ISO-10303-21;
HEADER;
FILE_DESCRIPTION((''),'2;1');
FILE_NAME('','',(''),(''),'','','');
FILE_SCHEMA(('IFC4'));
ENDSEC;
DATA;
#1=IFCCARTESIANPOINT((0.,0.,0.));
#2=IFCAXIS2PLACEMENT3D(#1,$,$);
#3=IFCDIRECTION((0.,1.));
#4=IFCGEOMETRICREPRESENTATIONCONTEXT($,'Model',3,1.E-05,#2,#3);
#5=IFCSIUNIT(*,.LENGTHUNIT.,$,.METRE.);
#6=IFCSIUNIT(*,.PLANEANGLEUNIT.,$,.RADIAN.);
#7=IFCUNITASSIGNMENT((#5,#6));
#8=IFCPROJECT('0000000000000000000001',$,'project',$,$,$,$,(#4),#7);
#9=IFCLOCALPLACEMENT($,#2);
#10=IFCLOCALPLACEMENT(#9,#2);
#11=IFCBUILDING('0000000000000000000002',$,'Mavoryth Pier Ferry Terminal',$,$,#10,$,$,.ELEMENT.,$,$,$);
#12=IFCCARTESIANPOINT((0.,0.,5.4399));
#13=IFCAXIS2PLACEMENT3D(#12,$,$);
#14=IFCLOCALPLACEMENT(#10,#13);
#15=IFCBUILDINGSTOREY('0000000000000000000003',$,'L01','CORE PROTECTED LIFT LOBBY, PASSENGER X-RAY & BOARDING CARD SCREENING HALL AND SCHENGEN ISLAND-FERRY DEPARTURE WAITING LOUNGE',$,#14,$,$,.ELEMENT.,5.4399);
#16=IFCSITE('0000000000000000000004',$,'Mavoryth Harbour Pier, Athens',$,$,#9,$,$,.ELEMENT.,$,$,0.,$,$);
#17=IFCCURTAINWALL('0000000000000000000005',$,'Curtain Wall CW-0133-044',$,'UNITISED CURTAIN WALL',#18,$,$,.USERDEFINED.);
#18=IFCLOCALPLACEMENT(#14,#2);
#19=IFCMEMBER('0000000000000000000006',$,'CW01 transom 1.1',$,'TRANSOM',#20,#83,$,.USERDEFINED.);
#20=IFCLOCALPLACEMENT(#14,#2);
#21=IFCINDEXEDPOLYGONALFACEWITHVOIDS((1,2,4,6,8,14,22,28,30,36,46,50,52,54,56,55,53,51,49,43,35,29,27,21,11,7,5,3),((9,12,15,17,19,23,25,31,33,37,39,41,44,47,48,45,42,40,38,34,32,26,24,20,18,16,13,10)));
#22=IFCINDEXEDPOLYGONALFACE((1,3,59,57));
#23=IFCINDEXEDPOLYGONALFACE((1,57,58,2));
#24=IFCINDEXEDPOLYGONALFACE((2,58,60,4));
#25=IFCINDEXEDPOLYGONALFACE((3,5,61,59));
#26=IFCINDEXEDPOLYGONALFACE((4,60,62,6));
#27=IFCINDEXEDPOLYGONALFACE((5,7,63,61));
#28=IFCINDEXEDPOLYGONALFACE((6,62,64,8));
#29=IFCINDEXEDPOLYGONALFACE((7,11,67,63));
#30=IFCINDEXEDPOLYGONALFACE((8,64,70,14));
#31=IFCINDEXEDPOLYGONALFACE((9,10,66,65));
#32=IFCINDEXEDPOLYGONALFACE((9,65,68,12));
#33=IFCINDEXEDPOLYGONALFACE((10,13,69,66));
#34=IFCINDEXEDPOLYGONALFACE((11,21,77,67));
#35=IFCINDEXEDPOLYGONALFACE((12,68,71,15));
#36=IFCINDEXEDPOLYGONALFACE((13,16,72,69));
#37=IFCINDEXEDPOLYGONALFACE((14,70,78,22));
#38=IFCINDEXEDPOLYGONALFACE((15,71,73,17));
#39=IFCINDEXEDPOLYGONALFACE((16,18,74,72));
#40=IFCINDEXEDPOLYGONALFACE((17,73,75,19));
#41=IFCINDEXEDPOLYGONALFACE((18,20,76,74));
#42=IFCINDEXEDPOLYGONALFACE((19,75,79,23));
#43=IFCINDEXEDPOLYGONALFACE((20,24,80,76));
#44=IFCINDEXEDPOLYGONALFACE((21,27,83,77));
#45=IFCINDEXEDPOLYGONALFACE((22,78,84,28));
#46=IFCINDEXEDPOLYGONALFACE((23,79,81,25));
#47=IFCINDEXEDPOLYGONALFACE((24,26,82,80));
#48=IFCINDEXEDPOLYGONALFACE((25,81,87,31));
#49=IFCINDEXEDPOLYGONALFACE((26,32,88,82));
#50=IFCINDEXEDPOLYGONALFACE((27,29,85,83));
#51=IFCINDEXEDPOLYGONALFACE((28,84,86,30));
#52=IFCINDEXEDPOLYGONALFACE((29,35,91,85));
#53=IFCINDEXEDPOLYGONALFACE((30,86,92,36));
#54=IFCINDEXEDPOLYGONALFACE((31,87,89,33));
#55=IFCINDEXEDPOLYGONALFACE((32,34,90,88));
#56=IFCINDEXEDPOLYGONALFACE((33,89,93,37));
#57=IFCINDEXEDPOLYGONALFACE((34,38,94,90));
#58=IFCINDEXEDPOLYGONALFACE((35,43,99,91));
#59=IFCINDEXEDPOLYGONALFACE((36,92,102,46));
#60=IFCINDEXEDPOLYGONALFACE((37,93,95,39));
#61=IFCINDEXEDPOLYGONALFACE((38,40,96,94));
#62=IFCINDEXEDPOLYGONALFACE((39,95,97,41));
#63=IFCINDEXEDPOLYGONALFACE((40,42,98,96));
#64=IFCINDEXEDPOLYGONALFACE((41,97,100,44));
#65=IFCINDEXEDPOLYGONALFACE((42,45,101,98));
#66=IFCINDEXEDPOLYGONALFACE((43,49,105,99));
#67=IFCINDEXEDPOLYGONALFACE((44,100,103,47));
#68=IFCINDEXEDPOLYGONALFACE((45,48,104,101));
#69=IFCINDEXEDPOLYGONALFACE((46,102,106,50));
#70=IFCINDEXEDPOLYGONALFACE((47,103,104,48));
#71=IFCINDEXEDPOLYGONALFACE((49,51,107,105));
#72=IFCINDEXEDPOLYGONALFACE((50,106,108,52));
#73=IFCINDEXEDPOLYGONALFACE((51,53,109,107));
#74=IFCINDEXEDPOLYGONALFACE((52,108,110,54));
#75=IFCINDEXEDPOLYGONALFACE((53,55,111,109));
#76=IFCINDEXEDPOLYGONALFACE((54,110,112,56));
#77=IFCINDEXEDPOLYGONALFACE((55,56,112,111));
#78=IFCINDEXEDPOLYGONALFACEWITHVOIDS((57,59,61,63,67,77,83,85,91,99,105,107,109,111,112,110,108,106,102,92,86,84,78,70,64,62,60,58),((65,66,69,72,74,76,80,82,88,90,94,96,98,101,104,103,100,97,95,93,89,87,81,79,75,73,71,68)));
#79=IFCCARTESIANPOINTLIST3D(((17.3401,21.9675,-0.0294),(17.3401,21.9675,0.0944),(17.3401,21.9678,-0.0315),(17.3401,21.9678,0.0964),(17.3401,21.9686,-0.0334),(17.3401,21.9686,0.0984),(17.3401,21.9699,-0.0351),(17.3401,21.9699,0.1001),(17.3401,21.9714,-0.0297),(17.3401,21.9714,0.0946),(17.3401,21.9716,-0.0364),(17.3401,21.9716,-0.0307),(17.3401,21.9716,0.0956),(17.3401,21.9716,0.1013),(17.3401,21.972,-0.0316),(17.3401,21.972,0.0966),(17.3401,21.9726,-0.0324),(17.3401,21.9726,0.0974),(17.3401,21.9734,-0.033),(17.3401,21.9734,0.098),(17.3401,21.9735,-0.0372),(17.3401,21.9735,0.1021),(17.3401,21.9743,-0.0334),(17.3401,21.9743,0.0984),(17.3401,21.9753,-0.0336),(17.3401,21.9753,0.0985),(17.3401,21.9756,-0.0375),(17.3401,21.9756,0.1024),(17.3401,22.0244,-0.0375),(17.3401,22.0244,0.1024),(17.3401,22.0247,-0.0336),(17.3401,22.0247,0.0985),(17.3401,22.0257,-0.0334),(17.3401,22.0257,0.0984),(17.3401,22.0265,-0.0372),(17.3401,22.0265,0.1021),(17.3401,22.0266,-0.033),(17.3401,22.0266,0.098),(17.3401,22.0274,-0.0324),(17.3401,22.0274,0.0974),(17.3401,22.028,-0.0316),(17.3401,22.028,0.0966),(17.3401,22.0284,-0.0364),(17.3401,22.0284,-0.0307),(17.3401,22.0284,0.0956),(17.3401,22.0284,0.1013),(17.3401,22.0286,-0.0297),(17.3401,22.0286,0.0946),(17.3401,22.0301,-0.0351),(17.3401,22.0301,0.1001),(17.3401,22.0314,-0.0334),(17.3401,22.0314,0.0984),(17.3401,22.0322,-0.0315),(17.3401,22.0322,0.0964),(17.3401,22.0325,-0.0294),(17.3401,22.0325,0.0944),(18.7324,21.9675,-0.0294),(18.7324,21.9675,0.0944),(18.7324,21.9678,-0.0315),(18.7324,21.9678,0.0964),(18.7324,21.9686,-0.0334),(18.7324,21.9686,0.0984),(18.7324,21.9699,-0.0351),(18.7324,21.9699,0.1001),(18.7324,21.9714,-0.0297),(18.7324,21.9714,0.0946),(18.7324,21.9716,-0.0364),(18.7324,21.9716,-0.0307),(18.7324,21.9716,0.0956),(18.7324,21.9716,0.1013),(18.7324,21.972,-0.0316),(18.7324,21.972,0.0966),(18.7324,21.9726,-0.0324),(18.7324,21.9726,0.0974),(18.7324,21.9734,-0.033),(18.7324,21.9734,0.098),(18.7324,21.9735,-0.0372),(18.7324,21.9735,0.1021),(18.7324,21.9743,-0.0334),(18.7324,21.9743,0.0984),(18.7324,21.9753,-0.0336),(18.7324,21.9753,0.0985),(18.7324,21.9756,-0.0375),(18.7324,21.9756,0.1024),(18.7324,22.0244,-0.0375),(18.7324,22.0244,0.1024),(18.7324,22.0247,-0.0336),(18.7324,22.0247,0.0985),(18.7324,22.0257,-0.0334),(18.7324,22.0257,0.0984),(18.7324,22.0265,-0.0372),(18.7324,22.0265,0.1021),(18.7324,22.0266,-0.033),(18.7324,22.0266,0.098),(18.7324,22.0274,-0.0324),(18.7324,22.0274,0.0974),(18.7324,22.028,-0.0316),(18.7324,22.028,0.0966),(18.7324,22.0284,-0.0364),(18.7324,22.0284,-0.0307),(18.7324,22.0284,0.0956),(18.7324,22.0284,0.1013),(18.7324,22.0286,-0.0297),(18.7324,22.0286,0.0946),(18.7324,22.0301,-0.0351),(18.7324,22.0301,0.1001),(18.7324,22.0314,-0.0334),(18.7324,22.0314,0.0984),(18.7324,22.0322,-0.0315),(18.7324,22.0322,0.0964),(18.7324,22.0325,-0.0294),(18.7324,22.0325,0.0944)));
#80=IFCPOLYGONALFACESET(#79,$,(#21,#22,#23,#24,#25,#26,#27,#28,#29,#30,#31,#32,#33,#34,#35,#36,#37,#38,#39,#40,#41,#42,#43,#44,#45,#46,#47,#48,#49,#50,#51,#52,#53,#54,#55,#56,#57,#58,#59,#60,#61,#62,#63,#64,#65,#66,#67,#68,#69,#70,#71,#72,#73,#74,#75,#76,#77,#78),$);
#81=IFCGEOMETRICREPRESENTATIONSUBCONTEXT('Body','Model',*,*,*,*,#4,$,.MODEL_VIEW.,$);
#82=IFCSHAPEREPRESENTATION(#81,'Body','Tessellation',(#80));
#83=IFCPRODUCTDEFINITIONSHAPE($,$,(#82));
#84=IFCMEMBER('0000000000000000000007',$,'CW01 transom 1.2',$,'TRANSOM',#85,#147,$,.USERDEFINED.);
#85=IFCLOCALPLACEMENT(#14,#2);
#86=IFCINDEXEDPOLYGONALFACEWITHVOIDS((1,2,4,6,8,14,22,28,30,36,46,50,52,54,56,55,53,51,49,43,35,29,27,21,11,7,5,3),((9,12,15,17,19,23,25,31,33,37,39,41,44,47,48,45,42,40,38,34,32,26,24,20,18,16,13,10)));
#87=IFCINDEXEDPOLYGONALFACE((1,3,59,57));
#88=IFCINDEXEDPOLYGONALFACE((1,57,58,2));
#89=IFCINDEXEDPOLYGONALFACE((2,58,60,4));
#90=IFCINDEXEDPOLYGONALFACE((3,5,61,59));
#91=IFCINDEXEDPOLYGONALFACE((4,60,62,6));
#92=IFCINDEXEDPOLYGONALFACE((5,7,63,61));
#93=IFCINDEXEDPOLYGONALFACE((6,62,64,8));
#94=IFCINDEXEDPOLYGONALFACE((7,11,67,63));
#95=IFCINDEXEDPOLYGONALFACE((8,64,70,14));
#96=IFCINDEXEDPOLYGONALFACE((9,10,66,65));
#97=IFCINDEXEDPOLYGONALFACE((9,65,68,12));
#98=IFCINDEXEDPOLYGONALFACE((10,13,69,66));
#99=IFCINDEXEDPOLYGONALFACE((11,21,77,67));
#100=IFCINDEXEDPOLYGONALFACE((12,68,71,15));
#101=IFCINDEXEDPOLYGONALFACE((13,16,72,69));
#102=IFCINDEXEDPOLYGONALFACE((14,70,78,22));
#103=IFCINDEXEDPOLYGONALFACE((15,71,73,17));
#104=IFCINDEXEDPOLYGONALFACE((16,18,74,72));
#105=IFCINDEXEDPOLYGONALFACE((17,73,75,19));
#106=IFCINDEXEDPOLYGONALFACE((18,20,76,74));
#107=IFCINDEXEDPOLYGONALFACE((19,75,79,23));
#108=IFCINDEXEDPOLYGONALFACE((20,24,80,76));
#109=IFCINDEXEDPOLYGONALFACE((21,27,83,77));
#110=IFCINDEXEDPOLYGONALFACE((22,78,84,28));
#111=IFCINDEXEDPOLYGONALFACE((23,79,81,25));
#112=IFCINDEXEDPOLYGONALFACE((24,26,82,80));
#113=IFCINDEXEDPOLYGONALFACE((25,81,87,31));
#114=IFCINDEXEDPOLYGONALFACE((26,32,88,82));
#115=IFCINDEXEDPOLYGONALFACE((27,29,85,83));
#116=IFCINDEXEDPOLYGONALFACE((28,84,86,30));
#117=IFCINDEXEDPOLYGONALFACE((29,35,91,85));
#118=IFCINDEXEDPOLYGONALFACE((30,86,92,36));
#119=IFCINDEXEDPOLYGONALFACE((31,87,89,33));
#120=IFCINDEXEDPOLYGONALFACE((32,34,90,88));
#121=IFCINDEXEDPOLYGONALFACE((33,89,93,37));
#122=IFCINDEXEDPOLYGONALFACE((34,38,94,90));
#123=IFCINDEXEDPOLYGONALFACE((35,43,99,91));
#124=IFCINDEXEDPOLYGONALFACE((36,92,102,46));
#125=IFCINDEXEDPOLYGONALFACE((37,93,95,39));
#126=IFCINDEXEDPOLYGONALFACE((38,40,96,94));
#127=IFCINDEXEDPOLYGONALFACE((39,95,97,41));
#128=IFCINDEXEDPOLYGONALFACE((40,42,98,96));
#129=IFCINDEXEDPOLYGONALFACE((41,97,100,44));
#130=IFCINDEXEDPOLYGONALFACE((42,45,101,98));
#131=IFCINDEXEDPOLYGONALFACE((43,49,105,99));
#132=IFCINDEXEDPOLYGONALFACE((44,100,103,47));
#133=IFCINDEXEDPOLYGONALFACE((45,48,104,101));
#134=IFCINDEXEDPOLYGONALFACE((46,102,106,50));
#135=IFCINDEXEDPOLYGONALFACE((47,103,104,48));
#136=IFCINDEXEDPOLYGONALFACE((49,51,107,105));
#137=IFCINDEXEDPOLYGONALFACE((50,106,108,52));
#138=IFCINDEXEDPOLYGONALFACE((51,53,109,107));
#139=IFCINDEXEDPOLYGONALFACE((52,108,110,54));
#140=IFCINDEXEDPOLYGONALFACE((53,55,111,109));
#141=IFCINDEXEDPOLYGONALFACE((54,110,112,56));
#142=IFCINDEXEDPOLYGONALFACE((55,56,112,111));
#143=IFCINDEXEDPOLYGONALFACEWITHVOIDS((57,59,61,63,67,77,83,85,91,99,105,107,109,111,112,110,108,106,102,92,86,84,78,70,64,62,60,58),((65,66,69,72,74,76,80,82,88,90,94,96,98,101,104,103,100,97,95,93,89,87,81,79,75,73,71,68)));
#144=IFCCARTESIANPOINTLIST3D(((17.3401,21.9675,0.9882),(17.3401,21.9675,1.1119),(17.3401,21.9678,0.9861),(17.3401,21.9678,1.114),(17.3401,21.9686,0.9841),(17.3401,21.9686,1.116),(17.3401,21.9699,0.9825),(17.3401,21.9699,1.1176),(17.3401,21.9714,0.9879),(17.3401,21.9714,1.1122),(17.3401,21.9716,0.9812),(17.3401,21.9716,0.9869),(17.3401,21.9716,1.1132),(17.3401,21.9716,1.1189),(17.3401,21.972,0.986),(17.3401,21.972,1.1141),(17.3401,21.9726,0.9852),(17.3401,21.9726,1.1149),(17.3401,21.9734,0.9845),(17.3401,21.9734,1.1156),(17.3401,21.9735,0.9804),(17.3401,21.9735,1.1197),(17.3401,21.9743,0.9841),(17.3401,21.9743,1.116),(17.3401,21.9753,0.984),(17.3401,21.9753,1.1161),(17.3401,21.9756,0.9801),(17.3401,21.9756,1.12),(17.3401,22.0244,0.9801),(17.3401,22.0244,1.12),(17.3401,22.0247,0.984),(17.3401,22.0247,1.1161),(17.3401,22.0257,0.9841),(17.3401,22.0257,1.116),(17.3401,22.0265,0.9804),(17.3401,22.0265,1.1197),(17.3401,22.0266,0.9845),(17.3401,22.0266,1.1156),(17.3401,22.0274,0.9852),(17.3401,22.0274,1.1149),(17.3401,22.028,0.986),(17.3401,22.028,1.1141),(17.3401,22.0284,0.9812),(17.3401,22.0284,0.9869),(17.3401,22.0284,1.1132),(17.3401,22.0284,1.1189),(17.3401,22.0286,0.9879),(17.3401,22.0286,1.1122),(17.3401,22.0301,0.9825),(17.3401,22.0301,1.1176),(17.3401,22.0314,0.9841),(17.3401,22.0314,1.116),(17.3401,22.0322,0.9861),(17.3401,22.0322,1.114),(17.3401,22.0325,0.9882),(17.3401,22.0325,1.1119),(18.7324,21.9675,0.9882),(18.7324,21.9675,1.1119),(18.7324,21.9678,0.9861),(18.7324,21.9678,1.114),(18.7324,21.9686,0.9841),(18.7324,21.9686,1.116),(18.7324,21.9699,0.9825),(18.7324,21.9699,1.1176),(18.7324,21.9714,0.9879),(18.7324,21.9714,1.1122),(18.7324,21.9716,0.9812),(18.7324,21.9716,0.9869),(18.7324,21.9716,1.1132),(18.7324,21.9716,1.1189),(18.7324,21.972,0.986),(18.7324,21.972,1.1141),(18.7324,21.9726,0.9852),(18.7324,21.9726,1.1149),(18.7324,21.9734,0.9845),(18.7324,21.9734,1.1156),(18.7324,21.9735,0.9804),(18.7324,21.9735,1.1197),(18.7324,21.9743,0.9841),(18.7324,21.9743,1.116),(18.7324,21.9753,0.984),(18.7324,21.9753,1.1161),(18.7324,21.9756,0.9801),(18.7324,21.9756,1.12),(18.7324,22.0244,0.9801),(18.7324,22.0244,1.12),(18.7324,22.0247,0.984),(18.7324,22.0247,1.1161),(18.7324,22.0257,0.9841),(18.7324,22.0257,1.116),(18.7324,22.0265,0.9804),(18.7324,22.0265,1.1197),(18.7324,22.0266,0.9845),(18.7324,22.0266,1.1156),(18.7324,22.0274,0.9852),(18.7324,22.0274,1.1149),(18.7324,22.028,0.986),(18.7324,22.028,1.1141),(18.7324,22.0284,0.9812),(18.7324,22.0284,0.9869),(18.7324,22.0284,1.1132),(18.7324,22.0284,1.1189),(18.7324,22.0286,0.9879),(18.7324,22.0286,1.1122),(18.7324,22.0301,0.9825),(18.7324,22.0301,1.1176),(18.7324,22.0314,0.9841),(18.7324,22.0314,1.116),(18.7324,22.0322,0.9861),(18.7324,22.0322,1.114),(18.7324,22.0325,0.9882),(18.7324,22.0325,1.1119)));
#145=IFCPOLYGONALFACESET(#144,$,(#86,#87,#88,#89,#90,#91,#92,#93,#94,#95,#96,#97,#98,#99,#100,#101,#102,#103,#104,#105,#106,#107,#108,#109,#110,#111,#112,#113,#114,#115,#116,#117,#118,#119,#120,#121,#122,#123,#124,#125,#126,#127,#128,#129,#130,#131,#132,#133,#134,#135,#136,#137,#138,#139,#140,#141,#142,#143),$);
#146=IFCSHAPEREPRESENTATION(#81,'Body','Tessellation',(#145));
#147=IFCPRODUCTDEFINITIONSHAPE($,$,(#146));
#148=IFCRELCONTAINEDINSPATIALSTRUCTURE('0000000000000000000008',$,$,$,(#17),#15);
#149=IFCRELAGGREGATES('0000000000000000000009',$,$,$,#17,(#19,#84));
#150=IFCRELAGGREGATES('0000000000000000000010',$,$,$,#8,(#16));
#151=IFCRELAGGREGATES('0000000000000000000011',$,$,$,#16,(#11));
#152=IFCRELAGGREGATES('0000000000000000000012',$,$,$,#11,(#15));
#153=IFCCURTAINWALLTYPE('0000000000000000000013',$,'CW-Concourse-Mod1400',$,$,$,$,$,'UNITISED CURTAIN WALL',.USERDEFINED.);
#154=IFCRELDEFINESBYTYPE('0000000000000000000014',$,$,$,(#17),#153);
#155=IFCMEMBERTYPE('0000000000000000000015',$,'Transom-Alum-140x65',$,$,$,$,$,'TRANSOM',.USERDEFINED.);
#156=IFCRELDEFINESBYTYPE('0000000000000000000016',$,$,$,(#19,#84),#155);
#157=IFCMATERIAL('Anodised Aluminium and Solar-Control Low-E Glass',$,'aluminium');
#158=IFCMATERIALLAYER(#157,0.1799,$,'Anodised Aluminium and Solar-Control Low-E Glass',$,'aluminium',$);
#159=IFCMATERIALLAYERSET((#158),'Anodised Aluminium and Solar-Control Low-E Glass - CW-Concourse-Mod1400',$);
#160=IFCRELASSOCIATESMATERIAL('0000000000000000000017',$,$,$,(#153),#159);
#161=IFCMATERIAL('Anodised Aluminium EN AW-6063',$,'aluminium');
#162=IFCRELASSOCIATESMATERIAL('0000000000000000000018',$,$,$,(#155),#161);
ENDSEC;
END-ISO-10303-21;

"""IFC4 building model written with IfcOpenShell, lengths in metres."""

from ifc_helpers import new_model, si_unit, direction, frame, origin, origin_2d, place, context, subcontext, project, spatial, hollow_rectangle, extrude, material, layer, layer_set, material_profile, profile_set, type_object, element, aggregate, save


model = new_model("IFC4")

# Units and contexts
model_context = context("Model", 3, precision=1e-05, world=origin(), true_north=direction((0.0, 1.0)))
body_context = subcontext(model_context, "Body", "Model", "MODEL_VIEW")
ifc_project = project(units=[si_unit("LENGTHUNIT", "METRE"), si_unit("PLANEANGLEUNIT", "RADIAN")], contexts=[model_context])

# Site, building, storey
site_placement = place(None, origin())
site = spatial("IfcSite", under=ifc_project, at=site_placement, Name="Mavoryth Harbour Pier, Athens", CompositionType="ELEMENT", RefElevation=0.0)
building_placement = place(site_placement, origin())
building = spatial("IfcBuilding", under=site, at=building_placement, Name="Mavoryth Pier Ferry Terminal", CompositionType="ELEMENT")
storey_placement = place(building_placement, frame((0.0, 0.0, 5.4399)))
storey = spatial("IfcBuildingStorey", under=building, at=storey_placement, Name="L01", Description="CORE PROTECTED LIFT LOBBY, PASSENGER X-RAY & BOARDING CARD SCREENING HALL AND SCHENGEN ISLAND-FERRY DEPARTURE WAITING LOUNGE", CompositionType="ELEMENT", Elevation=5.4399)

# Curtain wall
ifc_material_1 = material(Name="Anodised Aluminium and Solar-Control Low-E Glass", Category="aluminium")
ifc_layer_1 = layer(ifc_material_1, 0.1799, Name="Anodised Aluminium and Solar-Control Low-E Glass", Category="aluminium")
ifc_layer_set_1 = layer_set([ifc_layer_1], Name="Anodised Aluminium and Solar-Control Low-E Glass - CW-Concourse-Mod1400")
curtain_wall_type = type_object("IfcCurtainWallType", Name="CW-Concourse-Mod1400", ElementType="UNITISED CURTAIN WALL", PredefinedType="USERDEFINED", material=ifc_layer_set_1)
ifc_material_2 = material(Name="Anodised Aluminium EN AW-6063", Category="aluminium")
curtain_wall_1_placement = place(storey_placement, origin())
curtain_wall_1 = element("IfcCurtainWall", 1, at=curtain_wall_1_placement, inside=storey, type_object=curtain_wall_type, Name="Curtain Wall CW-0133-044", ObjectType="UNITISED CURTAIN WALL", PredefinedType="USERDEFINED")

# Members
ifc_material_profile_1 = material_profile(ifc_material_2, hollow_rectangle(XDim=0.0649, YDim=0.1399, WallThickness=0.0039, InnerFilletRadius=0.0039, OuterFilletRadius=0.0081, at=origin_2d()), Name="AL-TRAN 140x65x4", Category="aluminium")
ifc_profile_set_1 = profile_set([ifc_material_profile_1], Name="Anodised Aluminium EN AW-6063 - AL-TRAN 140x65x4")
member_type_1 = type_object("IfcMemberType", Name="Transom-Alum-140x65", ElementType="TRANSOM", PredefinedType="USERDEFINED", material=ifc_profile_set_1)
member_1_placement = place(storey_placement, frame((17.3401, 22.0, 0.0325), z_axis=(1.0, 0.0, 0.0), x_axis=(0.0, 1.0, 0.0)))
member_1 = element("IfcMember", 2, at=member_1_placement, type_object=member_type_1, Name="CW01 transom 1.1", ObjectType="TRANSOM", PredefinedType="USERDEFINED", context=body_context, shape_type="SweptSolid", body=[
    extrude(hollow_rectangle(XDim=0.0649, YDim=0.1399, WallThickness=0.0039, InnerFilletRadius=0.0039, OuterFilletRadius=0.0081, at=origin_2d()), origin(), (0.0, 0.0, 1.0), 1.3923),
])
member_2_placement = place(storey_placement, frame((17.3401, 22.0, 1.05), z_axis=(1.0, 0.0, 0.0), x_axis=(0.0, 1.0, 0.0)))
member_2 = element("IfcMember", 3, at=member_2_placement, type_object=member_type_1, Name="CW01 transom 1.2", ObjectType="TRANSOM", PredefinedType="USERDEFINED", context=body_context, shape_type="SweptSolid", body=[
    extrude(hollow_rectangle(XDim=0.0649, YDim=0.1399, WallThickness=0.0039, InnerFilletRadius=0.0039, OuterFilletRadius=0.0081, at=origin_2d()), origin(), (0.0, 0.0, 1.0), 1.3923),
])

aggregate(curtain_wall_1, [member_1, member_2])

save(model, "model.ifc")
